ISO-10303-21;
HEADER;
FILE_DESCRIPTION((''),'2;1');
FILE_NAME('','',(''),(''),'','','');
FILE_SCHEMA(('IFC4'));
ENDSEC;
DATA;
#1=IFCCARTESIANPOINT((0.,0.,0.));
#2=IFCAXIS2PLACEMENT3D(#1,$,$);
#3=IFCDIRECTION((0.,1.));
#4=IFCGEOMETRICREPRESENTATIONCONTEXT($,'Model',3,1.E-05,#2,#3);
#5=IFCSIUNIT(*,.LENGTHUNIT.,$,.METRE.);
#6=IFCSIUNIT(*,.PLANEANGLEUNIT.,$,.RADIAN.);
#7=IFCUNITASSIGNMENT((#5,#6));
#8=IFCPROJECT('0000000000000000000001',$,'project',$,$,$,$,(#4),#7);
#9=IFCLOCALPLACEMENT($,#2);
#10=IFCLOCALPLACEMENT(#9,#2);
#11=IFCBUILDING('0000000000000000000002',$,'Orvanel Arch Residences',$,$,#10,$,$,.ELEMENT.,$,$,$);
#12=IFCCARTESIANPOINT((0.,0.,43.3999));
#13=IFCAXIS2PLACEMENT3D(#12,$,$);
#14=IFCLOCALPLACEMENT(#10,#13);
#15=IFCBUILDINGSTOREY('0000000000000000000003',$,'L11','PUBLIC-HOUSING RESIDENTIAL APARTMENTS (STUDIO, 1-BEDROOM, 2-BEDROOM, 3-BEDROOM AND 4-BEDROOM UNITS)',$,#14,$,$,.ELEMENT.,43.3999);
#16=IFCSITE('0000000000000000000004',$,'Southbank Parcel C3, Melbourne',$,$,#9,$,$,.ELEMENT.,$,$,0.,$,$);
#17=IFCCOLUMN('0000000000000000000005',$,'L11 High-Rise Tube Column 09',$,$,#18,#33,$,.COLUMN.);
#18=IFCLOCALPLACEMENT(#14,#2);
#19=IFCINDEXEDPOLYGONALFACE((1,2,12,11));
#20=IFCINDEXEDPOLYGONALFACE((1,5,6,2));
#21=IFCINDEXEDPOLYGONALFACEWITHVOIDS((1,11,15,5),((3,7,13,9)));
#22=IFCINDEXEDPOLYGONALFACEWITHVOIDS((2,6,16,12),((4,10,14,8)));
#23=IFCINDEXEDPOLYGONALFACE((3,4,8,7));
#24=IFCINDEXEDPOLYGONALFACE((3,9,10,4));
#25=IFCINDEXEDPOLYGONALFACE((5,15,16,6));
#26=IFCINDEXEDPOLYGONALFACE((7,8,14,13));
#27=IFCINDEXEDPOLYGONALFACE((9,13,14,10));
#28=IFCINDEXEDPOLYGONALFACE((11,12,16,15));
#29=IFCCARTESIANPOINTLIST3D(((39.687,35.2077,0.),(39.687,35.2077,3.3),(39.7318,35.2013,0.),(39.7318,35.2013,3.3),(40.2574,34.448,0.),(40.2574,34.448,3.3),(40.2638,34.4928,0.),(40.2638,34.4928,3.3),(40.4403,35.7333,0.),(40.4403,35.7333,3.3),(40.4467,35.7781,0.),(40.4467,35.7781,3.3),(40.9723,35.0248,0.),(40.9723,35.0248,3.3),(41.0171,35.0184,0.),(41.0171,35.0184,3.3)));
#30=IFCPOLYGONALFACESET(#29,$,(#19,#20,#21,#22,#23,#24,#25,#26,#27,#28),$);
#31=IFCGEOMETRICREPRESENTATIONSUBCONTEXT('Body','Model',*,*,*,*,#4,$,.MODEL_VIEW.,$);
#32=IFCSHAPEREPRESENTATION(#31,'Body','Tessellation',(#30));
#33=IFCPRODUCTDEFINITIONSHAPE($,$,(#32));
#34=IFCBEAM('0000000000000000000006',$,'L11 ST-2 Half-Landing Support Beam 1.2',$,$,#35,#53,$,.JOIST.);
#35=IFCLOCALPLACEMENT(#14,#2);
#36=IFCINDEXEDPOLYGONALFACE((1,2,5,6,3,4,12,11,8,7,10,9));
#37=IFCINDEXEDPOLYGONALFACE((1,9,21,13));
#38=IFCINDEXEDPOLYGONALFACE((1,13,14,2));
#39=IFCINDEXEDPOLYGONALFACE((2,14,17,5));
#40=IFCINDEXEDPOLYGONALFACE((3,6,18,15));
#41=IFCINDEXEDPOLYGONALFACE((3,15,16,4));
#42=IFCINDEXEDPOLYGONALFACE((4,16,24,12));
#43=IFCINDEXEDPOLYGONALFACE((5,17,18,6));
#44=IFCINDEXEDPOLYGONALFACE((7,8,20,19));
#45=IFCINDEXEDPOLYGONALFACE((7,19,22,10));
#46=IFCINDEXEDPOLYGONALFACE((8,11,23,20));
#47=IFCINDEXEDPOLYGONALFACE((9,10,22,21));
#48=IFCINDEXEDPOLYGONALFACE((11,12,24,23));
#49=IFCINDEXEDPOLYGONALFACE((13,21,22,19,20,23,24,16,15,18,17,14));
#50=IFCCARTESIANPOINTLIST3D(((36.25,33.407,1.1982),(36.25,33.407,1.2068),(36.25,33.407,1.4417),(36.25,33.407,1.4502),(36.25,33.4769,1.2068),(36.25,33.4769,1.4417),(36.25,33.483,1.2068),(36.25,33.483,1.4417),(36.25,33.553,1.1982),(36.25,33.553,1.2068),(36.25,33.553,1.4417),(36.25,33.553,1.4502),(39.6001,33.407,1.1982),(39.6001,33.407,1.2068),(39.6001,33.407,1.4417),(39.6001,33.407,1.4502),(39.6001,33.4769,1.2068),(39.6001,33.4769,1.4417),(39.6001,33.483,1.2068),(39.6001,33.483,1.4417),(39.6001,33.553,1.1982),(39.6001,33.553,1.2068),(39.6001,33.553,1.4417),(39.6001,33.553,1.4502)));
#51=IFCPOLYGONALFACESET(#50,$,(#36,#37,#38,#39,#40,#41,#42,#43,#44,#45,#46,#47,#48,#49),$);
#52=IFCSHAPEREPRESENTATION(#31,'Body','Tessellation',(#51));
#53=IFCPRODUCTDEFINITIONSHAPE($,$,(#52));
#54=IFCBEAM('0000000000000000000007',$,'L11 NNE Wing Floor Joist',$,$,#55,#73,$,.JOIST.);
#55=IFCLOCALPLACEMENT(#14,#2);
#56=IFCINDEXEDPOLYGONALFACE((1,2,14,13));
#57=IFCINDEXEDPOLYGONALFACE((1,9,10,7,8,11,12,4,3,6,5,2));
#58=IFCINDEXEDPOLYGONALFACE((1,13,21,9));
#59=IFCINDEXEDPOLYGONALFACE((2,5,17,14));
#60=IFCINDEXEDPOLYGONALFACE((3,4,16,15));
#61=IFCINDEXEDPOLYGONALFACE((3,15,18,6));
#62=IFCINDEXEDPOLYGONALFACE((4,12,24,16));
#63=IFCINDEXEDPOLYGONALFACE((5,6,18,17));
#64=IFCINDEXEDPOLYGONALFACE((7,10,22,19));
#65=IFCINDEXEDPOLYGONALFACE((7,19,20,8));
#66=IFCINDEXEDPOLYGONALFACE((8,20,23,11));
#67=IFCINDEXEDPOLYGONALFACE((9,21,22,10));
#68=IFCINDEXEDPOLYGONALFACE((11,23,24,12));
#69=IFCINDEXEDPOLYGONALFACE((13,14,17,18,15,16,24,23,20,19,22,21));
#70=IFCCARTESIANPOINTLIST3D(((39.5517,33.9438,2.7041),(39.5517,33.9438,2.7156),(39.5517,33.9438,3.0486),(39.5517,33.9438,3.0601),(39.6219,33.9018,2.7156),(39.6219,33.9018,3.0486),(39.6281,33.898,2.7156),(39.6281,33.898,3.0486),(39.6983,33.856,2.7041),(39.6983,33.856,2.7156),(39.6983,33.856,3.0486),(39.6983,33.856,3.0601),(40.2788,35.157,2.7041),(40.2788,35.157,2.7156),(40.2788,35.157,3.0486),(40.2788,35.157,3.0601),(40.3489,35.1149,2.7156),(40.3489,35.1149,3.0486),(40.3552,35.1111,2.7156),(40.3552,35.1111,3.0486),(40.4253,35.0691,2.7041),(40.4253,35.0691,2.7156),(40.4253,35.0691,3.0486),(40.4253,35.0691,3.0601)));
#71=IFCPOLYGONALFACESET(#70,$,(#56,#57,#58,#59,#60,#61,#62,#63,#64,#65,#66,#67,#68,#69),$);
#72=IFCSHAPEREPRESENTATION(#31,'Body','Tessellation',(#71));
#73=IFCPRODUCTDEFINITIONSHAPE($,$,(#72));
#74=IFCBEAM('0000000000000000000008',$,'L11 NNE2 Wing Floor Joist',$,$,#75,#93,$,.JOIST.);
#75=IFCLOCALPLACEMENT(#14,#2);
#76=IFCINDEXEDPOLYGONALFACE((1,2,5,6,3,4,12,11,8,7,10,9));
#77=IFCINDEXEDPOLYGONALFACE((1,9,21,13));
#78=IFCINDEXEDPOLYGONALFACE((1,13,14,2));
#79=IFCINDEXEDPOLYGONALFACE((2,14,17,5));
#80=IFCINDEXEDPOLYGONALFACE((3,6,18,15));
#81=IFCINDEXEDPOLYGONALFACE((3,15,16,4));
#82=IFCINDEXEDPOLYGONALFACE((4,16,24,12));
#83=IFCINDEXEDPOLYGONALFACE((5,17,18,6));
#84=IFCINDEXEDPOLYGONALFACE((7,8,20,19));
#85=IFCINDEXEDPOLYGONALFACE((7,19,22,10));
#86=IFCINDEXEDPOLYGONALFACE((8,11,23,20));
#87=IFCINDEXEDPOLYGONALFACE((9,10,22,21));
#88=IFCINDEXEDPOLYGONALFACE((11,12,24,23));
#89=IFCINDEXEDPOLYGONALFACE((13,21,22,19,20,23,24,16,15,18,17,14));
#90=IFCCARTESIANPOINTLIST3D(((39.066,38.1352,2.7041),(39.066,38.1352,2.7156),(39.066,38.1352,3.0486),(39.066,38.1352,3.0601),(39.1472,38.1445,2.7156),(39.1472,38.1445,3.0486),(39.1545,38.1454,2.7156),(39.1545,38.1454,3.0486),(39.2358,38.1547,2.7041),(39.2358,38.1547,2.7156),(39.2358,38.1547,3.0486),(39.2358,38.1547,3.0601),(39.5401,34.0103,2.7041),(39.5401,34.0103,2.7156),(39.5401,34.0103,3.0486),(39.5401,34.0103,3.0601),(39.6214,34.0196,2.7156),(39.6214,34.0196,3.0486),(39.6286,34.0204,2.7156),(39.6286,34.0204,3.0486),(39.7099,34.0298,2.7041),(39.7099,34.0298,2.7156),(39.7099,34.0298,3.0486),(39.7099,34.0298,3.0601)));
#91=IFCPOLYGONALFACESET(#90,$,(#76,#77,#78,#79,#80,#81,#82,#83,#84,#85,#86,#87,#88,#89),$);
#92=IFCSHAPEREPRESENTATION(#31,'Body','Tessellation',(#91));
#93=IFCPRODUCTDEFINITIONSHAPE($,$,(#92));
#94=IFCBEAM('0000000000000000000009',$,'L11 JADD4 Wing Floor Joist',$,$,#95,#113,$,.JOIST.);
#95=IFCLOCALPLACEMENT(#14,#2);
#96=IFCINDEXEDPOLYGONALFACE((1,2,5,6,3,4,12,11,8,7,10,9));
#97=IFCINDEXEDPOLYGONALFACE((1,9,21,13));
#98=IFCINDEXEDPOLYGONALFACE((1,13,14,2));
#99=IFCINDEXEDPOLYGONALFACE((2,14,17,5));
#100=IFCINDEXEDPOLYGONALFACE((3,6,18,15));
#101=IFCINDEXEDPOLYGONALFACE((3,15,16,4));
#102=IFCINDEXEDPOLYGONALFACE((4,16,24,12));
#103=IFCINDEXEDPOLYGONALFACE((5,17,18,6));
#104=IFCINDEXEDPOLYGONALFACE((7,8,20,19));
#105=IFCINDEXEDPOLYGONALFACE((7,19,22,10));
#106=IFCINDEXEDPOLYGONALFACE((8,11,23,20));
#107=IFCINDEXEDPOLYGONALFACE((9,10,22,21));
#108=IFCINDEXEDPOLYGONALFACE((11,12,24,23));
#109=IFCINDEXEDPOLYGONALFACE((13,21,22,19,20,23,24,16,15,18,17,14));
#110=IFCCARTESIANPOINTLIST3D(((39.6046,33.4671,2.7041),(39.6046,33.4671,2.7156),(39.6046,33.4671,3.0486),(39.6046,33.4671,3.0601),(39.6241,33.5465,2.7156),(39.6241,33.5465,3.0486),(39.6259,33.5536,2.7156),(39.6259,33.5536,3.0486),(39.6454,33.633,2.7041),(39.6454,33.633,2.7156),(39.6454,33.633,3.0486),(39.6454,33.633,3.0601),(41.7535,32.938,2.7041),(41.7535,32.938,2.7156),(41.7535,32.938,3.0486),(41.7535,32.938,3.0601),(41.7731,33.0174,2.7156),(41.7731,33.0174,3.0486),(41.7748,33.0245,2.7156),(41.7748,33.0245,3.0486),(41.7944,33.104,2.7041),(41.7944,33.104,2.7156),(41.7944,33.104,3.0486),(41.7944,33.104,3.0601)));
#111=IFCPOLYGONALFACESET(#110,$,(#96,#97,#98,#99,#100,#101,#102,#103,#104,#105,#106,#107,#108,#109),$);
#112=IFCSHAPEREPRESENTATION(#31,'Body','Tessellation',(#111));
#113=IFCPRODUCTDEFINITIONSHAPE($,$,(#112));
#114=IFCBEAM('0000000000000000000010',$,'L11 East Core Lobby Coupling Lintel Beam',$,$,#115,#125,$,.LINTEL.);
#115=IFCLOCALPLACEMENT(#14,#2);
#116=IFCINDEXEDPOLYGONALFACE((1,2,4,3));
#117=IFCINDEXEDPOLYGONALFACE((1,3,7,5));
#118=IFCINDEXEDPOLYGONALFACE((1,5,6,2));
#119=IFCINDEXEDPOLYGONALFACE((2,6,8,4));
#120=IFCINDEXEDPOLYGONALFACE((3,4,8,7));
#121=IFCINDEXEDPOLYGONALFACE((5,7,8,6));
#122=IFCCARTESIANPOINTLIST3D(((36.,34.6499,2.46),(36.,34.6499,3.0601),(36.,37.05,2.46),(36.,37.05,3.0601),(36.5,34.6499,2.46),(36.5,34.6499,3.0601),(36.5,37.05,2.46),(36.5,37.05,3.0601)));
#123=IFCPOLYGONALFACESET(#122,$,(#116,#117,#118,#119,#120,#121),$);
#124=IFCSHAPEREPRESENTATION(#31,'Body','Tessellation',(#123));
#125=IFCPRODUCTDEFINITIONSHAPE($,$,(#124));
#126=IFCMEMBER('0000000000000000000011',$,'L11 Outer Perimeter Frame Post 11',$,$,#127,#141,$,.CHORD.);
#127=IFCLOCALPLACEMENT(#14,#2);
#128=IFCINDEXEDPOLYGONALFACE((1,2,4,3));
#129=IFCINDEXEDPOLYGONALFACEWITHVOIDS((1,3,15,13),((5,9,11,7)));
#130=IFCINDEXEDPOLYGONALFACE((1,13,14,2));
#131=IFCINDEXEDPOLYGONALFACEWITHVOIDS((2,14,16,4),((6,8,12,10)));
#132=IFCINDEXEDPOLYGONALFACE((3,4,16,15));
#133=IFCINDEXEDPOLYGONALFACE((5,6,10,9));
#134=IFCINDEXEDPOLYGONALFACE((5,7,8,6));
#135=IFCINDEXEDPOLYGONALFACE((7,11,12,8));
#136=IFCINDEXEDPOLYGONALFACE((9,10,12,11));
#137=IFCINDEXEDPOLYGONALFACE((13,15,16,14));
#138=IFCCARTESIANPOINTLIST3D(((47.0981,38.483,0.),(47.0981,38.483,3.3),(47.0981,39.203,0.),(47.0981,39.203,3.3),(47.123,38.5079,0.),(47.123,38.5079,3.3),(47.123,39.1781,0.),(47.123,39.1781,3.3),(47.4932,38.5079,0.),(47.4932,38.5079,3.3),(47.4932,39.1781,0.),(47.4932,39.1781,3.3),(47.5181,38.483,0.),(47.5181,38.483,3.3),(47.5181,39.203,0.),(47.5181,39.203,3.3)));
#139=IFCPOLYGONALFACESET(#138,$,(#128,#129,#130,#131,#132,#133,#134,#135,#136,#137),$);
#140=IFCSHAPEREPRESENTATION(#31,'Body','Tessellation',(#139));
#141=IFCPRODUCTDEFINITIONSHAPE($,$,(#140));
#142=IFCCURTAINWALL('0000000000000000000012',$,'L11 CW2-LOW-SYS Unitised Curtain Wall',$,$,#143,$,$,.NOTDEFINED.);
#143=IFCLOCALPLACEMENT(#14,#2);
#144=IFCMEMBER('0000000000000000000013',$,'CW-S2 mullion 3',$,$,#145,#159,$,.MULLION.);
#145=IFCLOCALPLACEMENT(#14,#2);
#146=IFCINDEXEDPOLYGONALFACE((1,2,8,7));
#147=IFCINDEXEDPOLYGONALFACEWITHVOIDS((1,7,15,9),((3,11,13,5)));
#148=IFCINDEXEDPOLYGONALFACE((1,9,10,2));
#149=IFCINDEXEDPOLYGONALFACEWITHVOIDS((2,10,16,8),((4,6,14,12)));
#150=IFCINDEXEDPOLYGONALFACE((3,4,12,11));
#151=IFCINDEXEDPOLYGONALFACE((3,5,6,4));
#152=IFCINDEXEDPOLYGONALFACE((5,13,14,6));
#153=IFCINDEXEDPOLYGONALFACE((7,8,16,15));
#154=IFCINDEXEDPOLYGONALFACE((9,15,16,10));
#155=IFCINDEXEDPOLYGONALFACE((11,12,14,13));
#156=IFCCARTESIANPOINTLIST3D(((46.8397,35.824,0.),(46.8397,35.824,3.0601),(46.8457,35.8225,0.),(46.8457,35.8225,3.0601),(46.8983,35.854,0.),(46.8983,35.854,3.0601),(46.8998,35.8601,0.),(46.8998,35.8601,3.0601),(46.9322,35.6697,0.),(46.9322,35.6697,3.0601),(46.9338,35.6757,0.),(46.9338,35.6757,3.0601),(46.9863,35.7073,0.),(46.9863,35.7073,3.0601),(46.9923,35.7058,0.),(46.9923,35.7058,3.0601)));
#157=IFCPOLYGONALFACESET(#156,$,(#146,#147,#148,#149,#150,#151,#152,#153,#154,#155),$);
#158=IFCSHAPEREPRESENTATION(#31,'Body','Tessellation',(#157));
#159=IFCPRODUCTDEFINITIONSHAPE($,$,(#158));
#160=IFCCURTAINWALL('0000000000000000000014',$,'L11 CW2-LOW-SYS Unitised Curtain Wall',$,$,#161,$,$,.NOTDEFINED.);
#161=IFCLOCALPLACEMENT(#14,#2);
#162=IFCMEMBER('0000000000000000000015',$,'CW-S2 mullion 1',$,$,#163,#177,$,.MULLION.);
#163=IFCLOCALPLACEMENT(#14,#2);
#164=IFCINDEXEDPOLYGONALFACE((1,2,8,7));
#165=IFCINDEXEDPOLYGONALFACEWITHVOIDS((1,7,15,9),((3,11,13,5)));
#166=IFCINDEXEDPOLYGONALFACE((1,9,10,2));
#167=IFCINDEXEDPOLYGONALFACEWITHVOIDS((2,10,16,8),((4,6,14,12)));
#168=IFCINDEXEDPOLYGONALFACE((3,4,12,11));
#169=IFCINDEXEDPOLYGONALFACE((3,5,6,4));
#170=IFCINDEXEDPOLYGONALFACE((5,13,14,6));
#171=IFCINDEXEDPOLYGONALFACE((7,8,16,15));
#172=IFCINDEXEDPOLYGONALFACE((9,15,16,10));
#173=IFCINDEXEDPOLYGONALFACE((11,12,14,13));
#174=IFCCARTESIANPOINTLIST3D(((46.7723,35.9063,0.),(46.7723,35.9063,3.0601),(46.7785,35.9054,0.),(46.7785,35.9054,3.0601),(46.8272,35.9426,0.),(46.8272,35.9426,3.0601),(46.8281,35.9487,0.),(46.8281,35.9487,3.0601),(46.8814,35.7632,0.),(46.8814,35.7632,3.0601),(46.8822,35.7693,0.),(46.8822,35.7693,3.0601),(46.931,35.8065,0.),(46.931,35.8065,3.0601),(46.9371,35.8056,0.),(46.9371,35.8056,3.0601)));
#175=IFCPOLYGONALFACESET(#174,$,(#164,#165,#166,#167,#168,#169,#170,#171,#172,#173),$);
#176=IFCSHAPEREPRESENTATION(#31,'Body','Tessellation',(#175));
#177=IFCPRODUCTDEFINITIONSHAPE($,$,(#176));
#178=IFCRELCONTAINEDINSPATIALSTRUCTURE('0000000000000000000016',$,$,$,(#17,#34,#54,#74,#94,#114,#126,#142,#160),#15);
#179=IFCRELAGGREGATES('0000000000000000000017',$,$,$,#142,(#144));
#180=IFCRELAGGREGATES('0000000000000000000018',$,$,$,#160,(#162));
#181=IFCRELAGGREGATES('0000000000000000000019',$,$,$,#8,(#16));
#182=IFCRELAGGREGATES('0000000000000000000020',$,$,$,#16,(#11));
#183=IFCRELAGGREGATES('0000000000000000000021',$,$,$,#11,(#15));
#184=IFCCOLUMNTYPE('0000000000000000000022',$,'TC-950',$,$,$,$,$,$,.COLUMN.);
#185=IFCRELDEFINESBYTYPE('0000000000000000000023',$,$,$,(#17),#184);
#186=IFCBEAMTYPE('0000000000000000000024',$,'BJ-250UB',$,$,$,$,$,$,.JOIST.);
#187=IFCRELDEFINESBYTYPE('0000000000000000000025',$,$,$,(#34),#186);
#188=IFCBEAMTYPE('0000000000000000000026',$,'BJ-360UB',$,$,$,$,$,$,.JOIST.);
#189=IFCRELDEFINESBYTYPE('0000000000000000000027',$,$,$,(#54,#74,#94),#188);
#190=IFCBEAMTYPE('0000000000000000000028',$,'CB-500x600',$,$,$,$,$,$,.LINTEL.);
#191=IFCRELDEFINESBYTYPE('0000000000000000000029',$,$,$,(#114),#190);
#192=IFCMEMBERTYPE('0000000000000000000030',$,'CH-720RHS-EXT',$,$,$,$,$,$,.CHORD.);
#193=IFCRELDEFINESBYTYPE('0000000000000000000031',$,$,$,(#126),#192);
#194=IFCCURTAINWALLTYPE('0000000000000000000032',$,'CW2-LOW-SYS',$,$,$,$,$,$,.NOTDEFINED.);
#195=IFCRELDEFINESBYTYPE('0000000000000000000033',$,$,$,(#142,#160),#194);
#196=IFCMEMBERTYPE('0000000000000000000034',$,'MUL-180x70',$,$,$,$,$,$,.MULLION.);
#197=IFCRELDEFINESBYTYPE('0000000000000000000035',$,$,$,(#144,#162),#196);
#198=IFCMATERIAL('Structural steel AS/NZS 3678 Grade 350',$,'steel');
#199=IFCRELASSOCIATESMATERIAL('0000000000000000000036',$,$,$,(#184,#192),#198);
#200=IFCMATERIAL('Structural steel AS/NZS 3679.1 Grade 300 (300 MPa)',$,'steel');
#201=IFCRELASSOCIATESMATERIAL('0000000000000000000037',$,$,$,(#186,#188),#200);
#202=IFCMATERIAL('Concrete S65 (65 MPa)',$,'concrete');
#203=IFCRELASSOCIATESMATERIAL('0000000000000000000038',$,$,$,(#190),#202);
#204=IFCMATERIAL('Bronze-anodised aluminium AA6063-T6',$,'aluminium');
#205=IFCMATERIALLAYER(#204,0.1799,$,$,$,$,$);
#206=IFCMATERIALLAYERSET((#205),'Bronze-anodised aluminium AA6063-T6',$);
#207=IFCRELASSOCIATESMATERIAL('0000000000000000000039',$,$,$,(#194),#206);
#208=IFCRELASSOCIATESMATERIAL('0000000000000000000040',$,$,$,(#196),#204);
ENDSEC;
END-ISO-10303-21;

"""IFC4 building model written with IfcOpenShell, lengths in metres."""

from ifc_helpers import new_model, si_unit, direction, frame, origin, origin_2d, place, context, subcontext, project, spatial, rectangle, hollow_rectangle, i_section, extrude, material, layer, layer_set, material_profile, profile_set, type_object, element, aggregate, save


model = new_model("IFC4")

# Units and contexts
model_context = context("Model", 3, precision=1e-05, world=origin(), true_north=direction((0.0, 1.0)))
body_context = subcontext(model_context, "Body", "Model", "MODEL_VIEW")
ifc_project = project(units=[si_unit("LENGTHUNIT", "METRE"), si_unit("PLANEANGLEUNIT", "RADIAN")], contexts=[model_context])

# Site, building, storey
site_placement = place(None, origin())
site = spatial("IfcSite", under=ifc_project, at=site_placement, Name="Southbank Parcel C3, Melbourne", CompositionType="ELEMENT", RefElevation=0.0)
building_placement = place(site_placement, origin())
building = spatial("IfcBuilding", under=site, at=building_placement, Name="Orvanel Arch Residences", CompositionType="ELEMENT")
storey_placement = place(building_placement, frame((0.0, 0.0, 43.3999)))
storey = spatial("IfcBuildingStorey", under=building, at=storey_placement, Name="L11", Description="PUBLIC-HOUSING RESIDENTIAL APARTMENTS (STUDIO, 1-BEDROOM, 2-BEDROOM, 3-BEDROOM AND 4-BEDROOM UNITS)", CompositionType="ELEMENT", Elevation=43.3999)

# Column
ifc_material_1 = material(Name="Structural steel AS/NZS 3678 Grade 350", Category="steel")
ifc_material_profile_1 = material_profile(ifc_material_1, hollow_rectangle(XDim=0.95, YDim=0.95, WallThickness=0.032, at=origin_2d()), Name="BOX950x950x32")
ifc_profile_set_1 = profile_set([ifc_material_profile_1], Name="Structural steel AS/NZS 3678 Grade 350")
column_type = type_object("IfcColumnType", Name="TC-950", PredefinedType="COLUMN", material=ifc_profile_set_1)
column_placement = place(storey_placement, frame((40.3521, 35.113, 0.0), z_axis=(0.0, 0.0, 1.0), x_axis=(-0.60042, 0.799685, 0.0)))
element("IfcColumn", 1, at=column_placement, inside=storey, type_object=column_type, Name="L11 High-Rise Tube Column 09", PredefinedType="COLUMN", context=body_context, shape_type="SweptSolid", body=[
    extrude(hollow_rectangle(XDim=0.95, YDim=0.95, WallThickness=0.032, at=origin_2d()), origin(), (0.0, 0.0, 1.0), 3.3),
])

# Beams
ifc_material_2 = material(Name="Structural steel AS/NZS 3679.1 Grade 300 (300 MPa)", Category="steel")
ifc_material_profile_2 = material_profile(ifc_material_2, i_section(OverallWidth=0.146, OverallDepth=0.252, WebThickness=0.0061, FlangeThickness=0.0085, at=origin_2d()), Name="250UB31.4")
ifc_profile_set_2 = profile_set([ifc_material_profile_2], Name="Structural steel AS/NZS 3679.1 Grade 300 (300 MPa)")
beam_type_1 = type_object("IfcBeamType", Name="BJ-250UB", PredefinedType="JOIST", material=ifc_profile_set_2)
beam_1_placement = place(storey_placement, frame((36.25, 33.48, 1.3242), z_axis=(1.0, 0.0, 0.0), x_axis=(0.0, 1.0, 0.0)))
element("IfcBeam", 2, at=beam_1_placement, inside=storey, type_object=beam_type_1, Name="L11 ST-2 Half-Landing Support Beam 1.2", PredefinedType="JOIST", context=body_context, shape_type="SweptSolid", body=[
    extrude(i_section(OverallWidth=0.146, OverallDepth=0.252, WebThickness=0.0061, FlangeThickness=0.0085, at=origin_2d()), origin(), (0.0, 0.0, 1.0), 3.3501),
])
ifc_material_profile_3 = material_profile(ifc_material_2, i_section(OverallWidth=0.1709, OverallDepth=0.356, WebThickness=0.0073, FlangeThickness=0.0115, at=origin_2d()), Name="360UB50.7")
ifc_profile_set_3 = profile_set([ifc_material_profile_3], Name="Structural steel AS/NZS 3679.1 Grade 300 (300 MPa)")
beam_type_2 = type_object("IfcBeamType", Name="BJ-360UB", PredefinedType="JOIST", material=ifc_profile_set_3)
beam_2_placement = place(storey_placement, frame((39.625, 33.8999, 2.8821), z_axis=(0.514064, 0.857752, 0.0), x_axis=(-0.857752, 0.514064, 0.0)))
element("IfcBeam", 3, at=beam_2_placement, inside=storey, type_object=beam_type_2, Name="L11 NNE Wing Floor Joist", PredefinedType="JOIST", context=body_context, shape_type="SweptSolid", body=[
    extrude(i_section(OverallWidth=0.1709, OverallDepth=0.356, WebThickness=0.0073, FlangeThickness=0.0115, at=origin_2d()), origin(), (0.0, 0.0, 1.0), 1.4143),
])
beam_3_placement = place(storey_placement, frame((39.625, 34.02, 2.8821), z_axis=(-0.114187, 0.993459, 0.0), x_axis=(-0.993459, -0.114187, 0.0)))
element("IfcBeam", 4, at=beam_3_placement, inside=storey, type_object=beam_type_2, Name="L11 NNE2 Wing Floor Joist", PredefinedType="JOIST", context=body_context, shape_type="SweptSolid", body=[
    extrude(i_section(OverallWidth=0.1709, OverallDepth=0.356, WebThickness=0.0073, FlangeThickness=0.0115, at=origin_2d()), origin(), (0.0, 0.0, 1.0), 4.1521),
])
beam_4_placement = place(storey_placement, frame((39.625, 33.55, 2.8821), z_axis=(0.971006, -0.239056, 0.0), x_axis=(0.239056, 0.971006, 0.0)))
element("IfcBeam", 5, at=beam_4_placement, inside=storey, type_object=beam_type_2, Name="L11 JADD4 Wing Floor Joist", PredefinedType="JOIST", context=body_context, shape_type="SweptSolid", body=[
    extrude(i_section(OverallWidth=0.1709, OverallDepth=0.356, WebThickness=0.0073, FlangeThickness=0.0115, at=origin_2d()), origin(), (0.0, 0.0, 1.0), 2.2131),
])
ifc_material_3 = material(Name="Concrete S65 (65 MPa)", Category="concrete")
ifc_material_profile_4 = material_profile(ifc_material_3, rectangle(XDim=0.5, YDim=0.6001, at=origin_2d()), Name="RC500x600")
ifc_profile_set_4 = profile_set([ifc_material_profile_4], Name="Concrete S65 (65 MPa)")
beam_type_3 = type_object("IfcBeamType", Name="CB-500x600", PredefinedType="LINTEL", material=ifc_profile_set_4)
beam_5_placement = place(storey_placement, frame((36.25, 34.6499, 2.76), z_axis=(0.0, 1.0, 0.0), x_axis=(-1.0, 0.0, 0.0)))
element("IfcBeam", 6, at=beam_5_placement, inside=storey, type_object=beam_type_3, Name="L11 East Core Lobby Coupling Lintel Beam", PredefinedType="LINTEL", context=body_context, shape_type="SweptSolid", body=[
    extrude(rectangle(XDim=0.5, YDim=0.6001, at=origin_2d()), origin(), (0.0, 0.0, 1.0), 2.4001),
])

# Member
ifc_material_profile_5 = material_profile(ifc_material_1, hollow_rectangle(XDim=0.4199, YDim=0.72, WallThickness=0.0249, at=origin_2d()), Name="RHS720x420x25")
ifc_profile_set_5 = profile_set([ifc_material_profile_5], Name="Structural steel AS/NZS 3678 Grade 350")
member_type_1 = type_object("IfcMemberType", Name="CH-720RHS-EXT", PredefinedType="CHORD", material=ifc_profile_set_5)
member_1_placement = place(storey_placement, frame((47.3081, 38.843, 0.0), z_axis=(0.0, 0.0, 1.0), x_axis=(1.0, 0.0, 0.0)))
element("IfcMember", 7, at=member_1_placement, inside=storey, type_object=member_type_1, Name="L11 Outer Perimeter Frame Post 11", PredefinedType="CHORD", context=body_context, shape_type="SweptSolid", body=[
    extrude(hollow_rectangle(XDim=0.4199, YDim=0.72, WallThickness=0.0249, at=origin_2d()), origin(), (0.0, 0.0, 1.0), 3.3),
])

# Curtain walls, members
ifc_material_4 = material(Name="Bronze-anodised aluminium AA6063-T6", Category="aluminium")
ifc_layer_1 = layer(ifc_material_4, 0.1799)
ifc_layer_set_1 = layer_set([ifc_layer_1], Name="Bronze-anodised aluminium AA6063-T6")
curtain_wall_type = type_object("IfcCurtainWallType", Name="CW2-LOW-SYS", PredefinedType="NOTDEFINED", material=ifc_layer_set_1)
curtain_wall_1_placement = place(storey_placement, origin())
curtain_wall_1 = element("IfcCurtainWall", 8, at=curtain_wall_1_placement, inside=storey, type_object=curtain_wall_type, Name="L11 CW2-LOW-SYS Unitised Curtain Wall", PredefinedType="NOTDEFINED")
ifc_material_profile_6 = material_profile(ifc_material_4, hollow_rectangle(XDim=0.0701, YDim=0.1799, WallThickness=0.0044, at=origin_2d()), Name="ALU180x70x4.5")
ifc_profile_set_6 = profile_set([ifc_material_profile_6], Name="Bronze-anodised aluminium AA6063-T6")
member_type_2 = type_object("IfcMemberType", Name="MUL-180x70", PredefinedType="MULLION", material=ifc_profile_set_6)
member_2_placement = place(storey_placement, frame((46.916, 35.7649, 0.0), z_axis=(0.0, 0.0, 1.0), x_axis=(-0.857569, -0.514369, 0.0)))
member_2 = element("IfcMember", 9, at=member_2_placement, type_object=member_type_2, Name="CW-S2 mullion 3", PredefinedType="MULLION", context=body_context, shape_type="SweptSolid", body=[
    extrude(hollow_rectangle(XDim=0.0701, YDim=0.1799, WallThickness=0.0044, at=origin_2d()), origin(), (0.0, 0.0, 1.0), 3.0601),
])
aggregate(curtain_wall_1, [member_2])
curtain_wall_2_placement = place(storey_placement, origin())
curtain_wall_2 = element("IfcCurtainWall", 10, at=curtain_wall_2_placement, inside=storey, type_object=curtain_wall_type, Name="L11 CW2-LOW-SYS Unitised Curtain Wall", PredefinedType="NOTDEFINED")
member_3_placement = place(storey_placement, frame((46.8547, 35.856, 0.0), z_axis=(0.0, 0.0, 1.0), x_axis=(-0.795336, -0.606168, 0.0)))
member_3 = element("IfcMember", 11, at=member_3_placement, type_object=member_type_2, Name="CW-S2 mullion 1", PredefinedType="MULLION", context=body_context, shape_type="SweptSolid", body=[
    extrude(hollow_rectangle(XDim=0.0701, YDim=0.1799, WallThickness=0.0044, at=origin_2d()), origin(), (0.0, 0.0, 1.0), 3.0601),
])

aggregate(curtain_wall_2, [member_3])

save(model, "model.ifc")
